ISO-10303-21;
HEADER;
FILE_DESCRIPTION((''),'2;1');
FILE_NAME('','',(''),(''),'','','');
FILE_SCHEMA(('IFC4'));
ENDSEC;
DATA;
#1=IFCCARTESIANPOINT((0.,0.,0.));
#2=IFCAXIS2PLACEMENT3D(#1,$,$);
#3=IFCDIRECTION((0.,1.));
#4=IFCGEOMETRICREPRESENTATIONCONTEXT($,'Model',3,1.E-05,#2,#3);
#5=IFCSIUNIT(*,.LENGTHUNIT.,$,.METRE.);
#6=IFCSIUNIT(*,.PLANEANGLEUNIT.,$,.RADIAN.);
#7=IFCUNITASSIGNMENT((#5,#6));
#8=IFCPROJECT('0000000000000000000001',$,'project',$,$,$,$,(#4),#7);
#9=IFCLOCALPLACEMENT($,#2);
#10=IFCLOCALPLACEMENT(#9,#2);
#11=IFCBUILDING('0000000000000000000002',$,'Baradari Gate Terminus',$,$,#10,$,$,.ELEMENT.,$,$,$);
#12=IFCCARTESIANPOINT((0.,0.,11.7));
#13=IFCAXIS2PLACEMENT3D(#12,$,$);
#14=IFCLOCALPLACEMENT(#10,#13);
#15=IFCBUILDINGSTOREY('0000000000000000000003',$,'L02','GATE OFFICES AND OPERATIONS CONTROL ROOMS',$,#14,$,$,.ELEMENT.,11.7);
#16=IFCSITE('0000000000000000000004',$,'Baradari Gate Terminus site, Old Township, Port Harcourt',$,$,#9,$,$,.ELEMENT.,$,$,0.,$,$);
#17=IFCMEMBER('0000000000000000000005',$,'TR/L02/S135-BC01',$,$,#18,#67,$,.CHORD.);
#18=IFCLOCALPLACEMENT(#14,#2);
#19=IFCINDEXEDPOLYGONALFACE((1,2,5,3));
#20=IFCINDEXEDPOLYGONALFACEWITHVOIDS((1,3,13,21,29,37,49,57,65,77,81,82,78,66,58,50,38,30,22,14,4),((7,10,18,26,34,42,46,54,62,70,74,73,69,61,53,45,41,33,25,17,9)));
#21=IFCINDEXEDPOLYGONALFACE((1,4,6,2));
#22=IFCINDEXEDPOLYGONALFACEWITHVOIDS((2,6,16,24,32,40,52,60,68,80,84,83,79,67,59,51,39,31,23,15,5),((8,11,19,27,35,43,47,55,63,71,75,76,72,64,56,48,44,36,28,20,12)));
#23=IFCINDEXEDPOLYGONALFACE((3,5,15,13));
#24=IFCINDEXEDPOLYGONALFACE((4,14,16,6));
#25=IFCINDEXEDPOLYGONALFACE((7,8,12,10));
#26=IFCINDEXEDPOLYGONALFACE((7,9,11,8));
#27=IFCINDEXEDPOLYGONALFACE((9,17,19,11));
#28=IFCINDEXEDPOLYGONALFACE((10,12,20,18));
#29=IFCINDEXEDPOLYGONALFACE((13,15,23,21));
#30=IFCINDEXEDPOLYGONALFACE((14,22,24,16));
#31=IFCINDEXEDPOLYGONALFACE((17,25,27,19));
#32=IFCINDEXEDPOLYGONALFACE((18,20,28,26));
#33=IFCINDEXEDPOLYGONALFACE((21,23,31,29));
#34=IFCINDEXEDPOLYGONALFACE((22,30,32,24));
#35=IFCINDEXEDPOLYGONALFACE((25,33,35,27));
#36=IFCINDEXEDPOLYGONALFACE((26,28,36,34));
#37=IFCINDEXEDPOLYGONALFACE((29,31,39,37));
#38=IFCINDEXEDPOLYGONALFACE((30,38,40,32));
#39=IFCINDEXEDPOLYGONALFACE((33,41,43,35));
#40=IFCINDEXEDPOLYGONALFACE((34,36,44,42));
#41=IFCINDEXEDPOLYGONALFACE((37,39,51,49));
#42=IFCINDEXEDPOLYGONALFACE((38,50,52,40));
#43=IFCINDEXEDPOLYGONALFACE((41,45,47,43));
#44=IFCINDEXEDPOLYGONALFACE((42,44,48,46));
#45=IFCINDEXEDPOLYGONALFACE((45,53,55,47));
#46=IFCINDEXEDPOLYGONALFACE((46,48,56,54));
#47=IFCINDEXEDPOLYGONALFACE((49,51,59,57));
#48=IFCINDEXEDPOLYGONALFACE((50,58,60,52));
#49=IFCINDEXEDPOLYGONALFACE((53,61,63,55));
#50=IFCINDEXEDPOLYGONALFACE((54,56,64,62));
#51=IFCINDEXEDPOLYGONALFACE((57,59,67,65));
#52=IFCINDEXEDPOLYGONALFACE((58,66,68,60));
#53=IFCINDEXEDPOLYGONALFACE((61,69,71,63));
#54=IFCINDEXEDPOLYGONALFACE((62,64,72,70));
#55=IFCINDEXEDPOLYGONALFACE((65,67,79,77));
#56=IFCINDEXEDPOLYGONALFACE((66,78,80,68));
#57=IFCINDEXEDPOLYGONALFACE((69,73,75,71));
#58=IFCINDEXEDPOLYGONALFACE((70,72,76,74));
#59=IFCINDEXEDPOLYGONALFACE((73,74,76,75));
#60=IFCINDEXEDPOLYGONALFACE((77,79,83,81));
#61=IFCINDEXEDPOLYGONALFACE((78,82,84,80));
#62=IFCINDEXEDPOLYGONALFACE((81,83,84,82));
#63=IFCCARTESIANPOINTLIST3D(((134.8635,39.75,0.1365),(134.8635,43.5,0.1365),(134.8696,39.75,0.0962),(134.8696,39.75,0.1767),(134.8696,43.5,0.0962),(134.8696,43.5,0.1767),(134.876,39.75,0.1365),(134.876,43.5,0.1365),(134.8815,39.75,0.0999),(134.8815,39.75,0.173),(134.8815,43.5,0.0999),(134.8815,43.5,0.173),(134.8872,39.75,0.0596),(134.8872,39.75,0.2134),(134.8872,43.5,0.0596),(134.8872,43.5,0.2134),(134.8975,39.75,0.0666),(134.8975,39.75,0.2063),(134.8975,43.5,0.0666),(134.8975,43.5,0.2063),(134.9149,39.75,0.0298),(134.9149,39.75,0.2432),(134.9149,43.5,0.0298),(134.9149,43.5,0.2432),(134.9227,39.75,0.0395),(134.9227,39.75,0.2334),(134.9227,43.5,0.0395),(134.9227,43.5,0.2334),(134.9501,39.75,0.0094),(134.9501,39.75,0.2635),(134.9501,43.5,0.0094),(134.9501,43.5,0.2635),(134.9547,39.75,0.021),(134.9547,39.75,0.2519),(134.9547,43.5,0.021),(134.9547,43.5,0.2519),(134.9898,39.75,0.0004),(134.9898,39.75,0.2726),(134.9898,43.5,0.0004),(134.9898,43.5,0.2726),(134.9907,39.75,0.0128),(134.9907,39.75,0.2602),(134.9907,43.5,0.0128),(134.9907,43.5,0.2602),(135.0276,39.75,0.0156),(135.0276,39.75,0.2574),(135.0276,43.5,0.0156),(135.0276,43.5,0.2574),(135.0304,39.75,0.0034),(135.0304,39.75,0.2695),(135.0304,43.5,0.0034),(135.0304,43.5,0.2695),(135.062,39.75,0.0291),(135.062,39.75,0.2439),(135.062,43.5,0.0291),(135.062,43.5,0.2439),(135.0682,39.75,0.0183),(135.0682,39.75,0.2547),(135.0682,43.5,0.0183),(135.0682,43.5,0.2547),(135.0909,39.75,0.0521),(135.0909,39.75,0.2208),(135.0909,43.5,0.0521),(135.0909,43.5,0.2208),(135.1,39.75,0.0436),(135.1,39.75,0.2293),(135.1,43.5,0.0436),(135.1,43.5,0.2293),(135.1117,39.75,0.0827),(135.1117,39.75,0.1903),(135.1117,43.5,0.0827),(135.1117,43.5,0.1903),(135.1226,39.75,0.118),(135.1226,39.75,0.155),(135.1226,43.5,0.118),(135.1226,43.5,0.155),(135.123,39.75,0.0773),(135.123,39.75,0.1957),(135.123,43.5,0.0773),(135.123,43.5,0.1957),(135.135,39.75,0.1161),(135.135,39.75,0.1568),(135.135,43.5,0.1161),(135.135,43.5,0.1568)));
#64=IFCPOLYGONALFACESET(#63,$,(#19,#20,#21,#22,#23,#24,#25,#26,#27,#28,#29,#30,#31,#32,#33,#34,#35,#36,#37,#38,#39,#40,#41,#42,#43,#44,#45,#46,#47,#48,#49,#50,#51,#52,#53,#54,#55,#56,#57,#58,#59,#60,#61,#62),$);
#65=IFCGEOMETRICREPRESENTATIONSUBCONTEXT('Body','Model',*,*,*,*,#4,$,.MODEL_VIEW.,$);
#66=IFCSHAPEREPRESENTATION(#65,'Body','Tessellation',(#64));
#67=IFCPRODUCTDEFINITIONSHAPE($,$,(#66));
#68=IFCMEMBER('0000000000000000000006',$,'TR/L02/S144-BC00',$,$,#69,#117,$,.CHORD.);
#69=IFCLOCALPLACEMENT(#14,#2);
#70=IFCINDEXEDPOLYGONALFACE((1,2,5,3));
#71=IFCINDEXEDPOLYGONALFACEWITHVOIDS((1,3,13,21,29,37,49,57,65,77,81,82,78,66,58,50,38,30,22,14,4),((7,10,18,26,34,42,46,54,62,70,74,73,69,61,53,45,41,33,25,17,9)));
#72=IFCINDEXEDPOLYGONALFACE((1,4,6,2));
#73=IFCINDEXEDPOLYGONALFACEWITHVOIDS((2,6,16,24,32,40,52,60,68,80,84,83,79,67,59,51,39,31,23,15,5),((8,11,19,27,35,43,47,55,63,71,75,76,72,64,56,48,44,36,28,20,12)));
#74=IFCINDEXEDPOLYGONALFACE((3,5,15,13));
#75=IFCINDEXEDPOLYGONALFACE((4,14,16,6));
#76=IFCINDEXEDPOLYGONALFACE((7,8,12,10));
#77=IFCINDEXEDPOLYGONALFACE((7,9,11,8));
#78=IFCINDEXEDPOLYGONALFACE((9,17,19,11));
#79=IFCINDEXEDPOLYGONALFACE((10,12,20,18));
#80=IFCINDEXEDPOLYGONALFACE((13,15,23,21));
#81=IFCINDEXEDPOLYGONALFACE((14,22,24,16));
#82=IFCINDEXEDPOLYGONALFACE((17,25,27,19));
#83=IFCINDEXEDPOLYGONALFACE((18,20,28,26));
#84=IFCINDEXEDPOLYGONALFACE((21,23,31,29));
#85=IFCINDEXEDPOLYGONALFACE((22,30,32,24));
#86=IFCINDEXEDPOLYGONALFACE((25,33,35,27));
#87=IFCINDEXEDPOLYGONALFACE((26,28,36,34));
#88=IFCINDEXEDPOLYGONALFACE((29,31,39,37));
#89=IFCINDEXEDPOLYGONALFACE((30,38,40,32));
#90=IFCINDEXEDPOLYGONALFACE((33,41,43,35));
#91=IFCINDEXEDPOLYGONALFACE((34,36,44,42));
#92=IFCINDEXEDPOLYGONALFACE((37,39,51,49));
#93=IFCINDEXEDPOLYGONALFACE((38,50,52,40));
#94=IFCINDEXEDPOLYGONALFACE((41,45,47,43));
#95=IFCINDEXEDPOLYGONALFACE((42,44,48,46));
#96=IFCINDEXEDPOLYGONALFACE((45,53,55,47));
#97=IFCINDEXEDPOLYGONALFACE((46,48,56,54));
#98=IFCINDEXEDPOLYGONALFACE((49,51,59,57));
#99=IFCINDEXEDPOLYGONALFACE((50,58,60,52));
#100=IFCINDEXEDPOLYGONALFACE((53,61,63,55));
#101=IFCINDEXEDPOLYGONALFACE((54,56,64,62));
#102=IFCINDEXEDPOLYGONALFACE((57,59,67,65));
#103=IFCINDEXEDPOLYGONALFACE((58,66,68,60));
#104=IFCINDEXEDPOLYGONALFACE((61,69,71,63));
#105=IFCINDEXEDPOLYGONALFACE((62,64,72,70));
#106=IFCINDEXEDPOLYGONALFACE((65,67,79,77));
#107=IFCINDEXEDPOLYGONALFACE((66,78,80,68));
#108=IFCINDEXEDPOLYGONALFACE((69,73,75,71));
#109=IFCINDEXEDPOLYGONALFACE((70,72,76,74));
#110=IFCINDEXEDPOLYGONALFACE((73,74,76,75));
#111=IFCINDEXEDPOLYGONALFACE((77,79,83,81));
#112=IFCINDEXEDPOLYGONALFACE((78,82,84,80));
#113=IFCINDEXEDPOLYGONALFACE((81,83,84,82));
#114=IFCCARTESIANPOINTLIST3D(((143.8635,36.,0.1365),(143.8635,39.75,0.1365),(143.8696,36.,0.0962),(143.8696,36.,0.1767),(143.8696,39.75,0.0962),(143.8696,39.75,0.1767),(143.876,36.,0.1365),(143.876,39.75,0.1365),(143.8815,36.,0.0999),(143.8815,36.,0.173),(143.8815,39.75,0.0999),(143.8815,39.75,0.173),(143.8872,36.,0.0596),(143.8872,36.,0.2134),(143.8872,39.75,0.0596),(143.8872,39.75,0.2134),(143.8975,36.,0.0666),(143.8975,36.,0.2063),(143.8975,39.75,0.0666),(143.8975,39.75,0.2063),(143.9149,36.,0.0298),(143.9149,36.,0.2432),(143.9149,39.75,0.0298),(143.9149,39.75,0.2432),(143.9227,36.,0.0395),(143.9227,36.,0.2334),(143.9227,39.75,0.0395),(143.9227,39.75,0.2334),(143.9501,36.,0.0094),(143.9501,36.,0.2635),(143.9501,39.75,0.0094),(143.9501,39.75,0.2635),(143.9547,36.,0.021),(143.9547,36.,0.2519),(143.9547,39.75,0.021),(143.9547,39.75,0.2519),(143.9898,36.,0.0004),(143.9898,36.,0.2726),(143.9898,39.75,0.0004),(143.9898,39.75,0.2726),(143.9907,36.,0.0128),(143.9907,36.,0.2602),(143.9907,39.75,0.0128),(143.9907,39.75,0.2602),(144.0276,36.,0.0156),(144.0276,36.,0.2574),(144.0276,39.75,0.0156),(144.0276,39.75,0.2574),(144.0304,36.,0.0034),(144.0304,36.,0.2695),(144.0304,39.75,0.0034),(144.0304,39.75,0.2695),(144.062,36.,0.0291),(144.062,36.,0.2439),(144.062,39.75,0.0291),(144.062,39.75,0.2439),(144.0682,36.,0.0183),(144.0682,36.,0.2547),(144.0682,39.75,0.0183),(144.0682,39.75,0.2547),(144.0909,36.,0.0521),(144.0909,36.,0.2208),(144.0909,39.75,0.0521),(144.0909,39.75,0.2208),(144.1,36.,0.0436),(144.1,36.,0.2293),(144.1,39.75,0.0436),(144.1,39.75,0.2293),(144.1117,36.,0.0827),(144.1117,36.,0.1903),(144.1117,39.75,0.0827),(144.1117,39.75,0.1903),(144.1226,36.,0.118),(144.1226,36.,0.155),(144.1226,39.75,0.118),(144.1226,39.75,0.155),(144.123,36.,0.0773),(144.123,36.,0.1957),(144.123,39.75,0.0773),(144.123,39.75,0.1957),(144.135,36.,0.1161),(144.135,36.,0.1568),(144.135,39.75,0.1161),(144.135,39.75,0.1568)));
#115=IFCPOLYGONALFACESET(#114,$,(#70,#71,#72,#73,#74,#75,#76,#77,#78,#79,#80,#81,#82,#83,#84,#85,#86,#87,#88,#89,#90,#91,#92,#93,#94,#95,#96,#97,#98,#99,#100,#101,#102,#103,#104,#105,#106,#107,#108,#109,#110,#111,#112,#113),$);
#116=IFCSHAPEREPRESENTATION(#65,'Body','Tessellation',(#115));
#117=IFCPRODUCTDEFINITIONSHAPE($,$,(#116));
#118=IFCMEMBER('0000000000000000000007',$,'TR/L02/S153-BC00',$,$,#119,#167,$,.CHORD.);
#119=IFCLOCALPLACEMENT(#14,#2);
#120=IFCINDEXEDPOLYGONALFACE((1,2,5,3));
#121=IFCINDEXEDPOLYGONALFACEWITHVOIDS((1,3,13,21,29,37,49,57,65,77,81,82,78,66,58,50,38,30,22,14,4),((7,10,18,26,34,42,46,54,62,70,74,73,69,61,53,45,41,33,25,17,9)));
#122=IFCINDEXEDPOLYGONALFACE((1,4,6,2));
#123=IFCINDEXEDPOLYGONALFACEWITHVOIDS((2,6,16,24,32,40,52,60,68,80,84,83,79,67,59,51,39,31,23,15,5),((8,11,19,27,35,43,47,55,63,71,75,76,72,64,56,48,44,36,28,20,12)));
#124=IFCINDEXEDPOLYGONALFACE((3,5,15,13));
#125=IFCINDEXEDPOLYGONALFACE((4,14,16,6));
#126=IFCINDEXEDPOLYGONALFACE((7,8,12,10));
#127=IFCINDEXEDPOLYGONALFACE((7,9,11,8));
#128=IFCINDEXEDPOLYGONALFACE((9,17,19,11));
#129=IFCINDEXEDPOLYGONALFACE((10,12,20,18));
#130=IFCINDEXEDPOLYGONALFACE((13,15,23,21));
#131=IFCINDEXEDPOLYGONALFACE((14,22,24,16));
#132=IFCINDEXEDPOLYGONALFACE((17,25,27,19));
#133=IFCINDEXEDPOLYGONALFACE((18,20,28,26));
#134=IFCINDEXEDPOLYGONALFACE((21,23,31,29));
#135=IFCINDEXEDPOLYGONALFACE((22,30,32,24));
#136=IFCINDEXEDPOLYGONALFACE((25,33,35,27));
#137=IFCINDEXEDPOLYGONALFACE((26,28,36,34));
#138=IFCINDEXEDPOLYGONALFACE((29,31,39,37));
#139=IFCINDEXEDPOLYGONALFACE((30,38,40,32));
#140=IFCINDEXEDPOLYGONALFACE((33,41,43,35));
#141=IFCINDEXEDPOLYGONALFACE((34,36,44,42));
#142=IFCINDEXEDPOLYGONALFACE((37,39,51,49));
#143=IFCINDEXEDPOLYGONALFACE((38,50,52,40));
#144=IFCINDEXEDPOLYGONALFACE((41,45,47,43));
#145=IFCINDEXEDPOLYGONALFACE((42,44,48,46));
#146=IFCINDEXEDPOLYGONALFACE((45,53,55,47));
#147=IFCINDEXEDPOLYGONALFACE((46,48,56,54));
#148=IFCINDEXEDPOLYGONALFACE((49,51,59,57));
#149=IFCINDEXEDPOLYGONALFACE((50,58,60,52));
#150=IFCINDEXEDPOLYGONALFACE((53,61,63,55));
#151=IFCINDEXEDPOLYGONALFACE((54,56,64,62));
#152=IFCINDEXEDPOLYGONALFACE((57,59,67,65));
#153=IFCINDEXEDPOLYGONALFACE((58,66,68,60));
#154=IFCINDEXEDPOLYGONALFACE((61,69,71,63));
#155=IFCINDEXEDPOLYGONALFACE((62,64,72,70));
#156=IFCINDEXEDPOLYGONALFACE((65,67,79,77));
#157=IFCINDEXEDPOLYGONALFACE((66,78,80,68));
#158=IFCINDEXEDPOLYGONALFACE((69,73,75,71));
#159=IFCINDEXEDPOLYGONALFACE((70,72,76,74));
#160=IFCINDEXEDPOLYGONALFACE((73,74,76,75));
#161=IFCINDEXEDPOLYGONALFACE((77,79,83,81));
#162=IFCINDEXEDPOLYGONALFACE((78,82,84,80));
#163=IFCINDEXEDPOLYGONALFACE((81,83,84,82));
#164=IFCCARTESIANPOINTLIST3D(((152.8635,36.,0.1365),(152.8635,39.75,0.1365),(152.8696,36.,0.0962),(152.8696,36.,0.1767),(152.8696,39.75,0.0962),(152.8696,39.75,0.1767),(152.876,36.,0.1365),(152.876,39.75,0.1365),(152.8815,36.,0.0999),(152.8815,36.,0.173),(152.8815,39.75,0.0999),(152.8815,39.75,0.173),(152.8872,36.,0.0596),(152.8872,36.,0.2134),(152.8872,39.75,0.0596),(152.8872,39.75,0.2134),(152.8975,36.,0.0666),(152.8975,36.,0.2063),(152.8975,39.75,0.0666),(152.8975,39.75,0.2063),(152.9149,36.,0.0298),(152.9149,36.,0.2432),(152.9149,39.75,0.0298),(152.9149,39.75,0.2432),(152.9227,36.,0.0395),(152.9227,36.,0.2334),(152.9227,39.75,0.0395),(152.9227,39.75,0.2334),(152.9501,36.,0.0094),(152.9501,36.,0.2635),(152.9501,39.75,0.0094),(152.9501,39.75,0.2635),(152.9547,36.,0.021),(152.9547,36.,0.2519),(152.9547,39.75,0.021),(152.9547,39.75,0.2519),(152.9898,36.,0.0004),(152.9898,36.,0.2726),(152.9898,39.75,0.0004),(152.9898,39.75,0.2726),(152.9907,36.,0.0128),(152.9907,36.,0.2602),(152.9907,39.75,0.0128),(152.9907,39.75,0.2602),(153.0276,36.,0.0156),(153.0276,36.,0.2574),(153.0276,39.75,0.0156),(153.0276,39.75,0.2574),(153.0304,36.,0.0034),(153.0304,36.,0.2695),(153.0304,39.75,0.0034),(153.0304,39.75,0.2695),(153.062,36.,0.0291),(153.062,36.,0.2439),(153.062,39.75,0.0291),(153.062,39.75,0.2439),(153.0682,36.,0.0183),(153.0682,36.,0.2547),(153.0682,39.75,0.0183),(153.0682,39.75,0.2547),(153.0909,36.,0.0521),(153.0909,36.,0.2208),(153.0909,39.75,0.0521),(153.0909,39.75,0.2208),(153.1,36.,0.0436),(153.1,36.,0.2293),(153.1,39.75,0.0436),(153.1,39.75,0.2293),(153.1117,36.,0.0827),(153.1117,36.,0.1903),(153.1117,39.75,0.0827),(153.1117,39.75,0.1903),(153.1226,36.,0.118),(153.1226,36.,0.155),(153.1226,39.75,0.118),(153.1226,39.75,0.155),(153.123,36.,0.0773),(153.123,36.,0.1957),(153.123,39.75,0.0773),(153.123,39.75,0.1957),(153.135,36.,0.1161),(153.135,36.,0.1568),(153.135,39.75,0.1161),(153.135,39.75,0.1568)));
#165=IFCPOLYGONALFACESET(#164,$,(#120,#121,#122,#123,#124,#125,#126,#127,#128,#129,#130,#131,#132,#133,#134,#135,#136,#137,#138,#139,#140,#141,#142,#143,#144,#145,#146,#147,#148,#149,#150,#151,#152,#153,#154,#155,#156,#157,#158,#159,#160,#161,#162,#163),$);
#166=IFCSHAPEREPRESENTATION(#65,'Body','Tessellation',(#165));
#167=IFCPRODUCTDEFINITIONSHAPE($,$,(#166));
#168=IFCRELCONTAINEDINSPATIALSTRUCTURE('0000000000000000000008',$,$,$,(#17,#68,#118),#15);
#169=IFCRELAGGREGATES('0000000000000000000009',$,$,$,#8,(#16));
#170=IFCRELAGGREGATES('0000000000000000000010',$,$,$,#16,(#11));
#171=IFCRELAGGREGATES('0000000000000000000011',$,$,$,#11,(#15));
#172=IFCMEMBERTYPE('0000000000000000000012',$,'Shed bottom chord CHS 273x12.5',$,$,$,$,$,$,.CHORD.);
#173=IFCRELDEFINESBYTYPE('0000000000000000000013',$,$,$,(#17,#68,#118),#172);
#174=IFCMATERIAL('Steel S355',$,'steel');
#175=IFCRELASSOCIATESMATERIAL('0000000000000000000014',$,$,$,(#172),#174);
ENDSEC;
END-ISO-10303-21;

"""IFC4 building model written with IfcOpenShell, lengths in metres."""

from ifc_helpers import new_model, si_unit, direction, frame, origin, origin_2d, place, context, subcontext, project, spatial, hollow_circle, extrude, material, material_profile, profile_set, type_object, element, save


model = new_model("IFC4")

# Units and contexts
model_context = context("Model", 3, precision=1e-05, world=origin(), true_north=direction((0.0, 1.0)))
body_context = subcontext(model_context, "Body", "Model", "MODEL_VIEW")
ifc_project = project(units=[si_unit("LENGTHUNIT", "METRE"), si_unit("PLANEANGLEUNIT", "RADIAN")], contexts=[model_context])

# Site, building, storey
site_placement = place(None, origin())
site = spatial("IfcSite", under=ifc_project, at=site_placement, Name="Baradari Gate Terminus site, Old Township, Port Harcourt", CompositionType="ELEMENT", RefElevation=0.0)
building_placement = place(site_placement, origin())
building = spatial("IfcBuilding", under=site, at=building_placement, Name="Baradari Gate Terminus", CompositionType="ELEMENT")
storey_placement = place(building_placement, frame((0.0, 0.0, 11.7)))
storey = spatial("IfcBuildingStorey", under=building, at=storey_placement, Name="L02", Description="GATE OFFICES AND OPERATIONS CONTROL ROOMS", CompositionType="ELEMENT", Elevation=11.7)

# Members
ifc_material_1 = material(Name="Steel S355", Category="steel")
ifc_material_profile_1 = material_profile(ifc_material_1, hollow_circle(Radius=0.1365, WallThickness=0.0125, at=origin_2d()), Name="CHS 273x12.5")
ifc_profile_set_1 = profile_set([ifc_material_profile_1], Name="Steel S355")
member_type_1 = type_object("IfcMemberType", Name="Shed bottom chord CHS 273x12.5", PredefinedType="CHORD", material=ifc_profile_set_1)
for number, where, z_axis, x_axis, name in (
    (1, (135.0, 39.75, 0.1365), (0.0, 1.0, 0.0), (-1.0, 0.0, 0.0), "TR/L02/S135-BC01"),
    (2, (144.0, 36.0, 0.1365), (0.0, 1.0, 0.0), (-1.0, 0.0, 0.0), "TR/L02/S144-BC00"),
    (3, (153.0, 36.0, 0.1365), (0.0, 1.0, 0.0), (-1.0, 0.0, 0.0), "TR/L02/S153-BC00"),
):
    element("IfcMember", number, at=place(storey_placement, frame(where, z_axis=z_axis, x_axis=x_axis)), inside=storey, type_object=member_type_1, Name=name, PredefinedType="CHORD", context=body_context, shape_type="SweptSolid", body=[
        extrude(hollow_circle(Radius=0.1365, WallThickness=0.0125, at=origin_2d()), origin(), (0.0, 0.0, 1.0), 3.75),
    ])

save(model, "model.ifc")
